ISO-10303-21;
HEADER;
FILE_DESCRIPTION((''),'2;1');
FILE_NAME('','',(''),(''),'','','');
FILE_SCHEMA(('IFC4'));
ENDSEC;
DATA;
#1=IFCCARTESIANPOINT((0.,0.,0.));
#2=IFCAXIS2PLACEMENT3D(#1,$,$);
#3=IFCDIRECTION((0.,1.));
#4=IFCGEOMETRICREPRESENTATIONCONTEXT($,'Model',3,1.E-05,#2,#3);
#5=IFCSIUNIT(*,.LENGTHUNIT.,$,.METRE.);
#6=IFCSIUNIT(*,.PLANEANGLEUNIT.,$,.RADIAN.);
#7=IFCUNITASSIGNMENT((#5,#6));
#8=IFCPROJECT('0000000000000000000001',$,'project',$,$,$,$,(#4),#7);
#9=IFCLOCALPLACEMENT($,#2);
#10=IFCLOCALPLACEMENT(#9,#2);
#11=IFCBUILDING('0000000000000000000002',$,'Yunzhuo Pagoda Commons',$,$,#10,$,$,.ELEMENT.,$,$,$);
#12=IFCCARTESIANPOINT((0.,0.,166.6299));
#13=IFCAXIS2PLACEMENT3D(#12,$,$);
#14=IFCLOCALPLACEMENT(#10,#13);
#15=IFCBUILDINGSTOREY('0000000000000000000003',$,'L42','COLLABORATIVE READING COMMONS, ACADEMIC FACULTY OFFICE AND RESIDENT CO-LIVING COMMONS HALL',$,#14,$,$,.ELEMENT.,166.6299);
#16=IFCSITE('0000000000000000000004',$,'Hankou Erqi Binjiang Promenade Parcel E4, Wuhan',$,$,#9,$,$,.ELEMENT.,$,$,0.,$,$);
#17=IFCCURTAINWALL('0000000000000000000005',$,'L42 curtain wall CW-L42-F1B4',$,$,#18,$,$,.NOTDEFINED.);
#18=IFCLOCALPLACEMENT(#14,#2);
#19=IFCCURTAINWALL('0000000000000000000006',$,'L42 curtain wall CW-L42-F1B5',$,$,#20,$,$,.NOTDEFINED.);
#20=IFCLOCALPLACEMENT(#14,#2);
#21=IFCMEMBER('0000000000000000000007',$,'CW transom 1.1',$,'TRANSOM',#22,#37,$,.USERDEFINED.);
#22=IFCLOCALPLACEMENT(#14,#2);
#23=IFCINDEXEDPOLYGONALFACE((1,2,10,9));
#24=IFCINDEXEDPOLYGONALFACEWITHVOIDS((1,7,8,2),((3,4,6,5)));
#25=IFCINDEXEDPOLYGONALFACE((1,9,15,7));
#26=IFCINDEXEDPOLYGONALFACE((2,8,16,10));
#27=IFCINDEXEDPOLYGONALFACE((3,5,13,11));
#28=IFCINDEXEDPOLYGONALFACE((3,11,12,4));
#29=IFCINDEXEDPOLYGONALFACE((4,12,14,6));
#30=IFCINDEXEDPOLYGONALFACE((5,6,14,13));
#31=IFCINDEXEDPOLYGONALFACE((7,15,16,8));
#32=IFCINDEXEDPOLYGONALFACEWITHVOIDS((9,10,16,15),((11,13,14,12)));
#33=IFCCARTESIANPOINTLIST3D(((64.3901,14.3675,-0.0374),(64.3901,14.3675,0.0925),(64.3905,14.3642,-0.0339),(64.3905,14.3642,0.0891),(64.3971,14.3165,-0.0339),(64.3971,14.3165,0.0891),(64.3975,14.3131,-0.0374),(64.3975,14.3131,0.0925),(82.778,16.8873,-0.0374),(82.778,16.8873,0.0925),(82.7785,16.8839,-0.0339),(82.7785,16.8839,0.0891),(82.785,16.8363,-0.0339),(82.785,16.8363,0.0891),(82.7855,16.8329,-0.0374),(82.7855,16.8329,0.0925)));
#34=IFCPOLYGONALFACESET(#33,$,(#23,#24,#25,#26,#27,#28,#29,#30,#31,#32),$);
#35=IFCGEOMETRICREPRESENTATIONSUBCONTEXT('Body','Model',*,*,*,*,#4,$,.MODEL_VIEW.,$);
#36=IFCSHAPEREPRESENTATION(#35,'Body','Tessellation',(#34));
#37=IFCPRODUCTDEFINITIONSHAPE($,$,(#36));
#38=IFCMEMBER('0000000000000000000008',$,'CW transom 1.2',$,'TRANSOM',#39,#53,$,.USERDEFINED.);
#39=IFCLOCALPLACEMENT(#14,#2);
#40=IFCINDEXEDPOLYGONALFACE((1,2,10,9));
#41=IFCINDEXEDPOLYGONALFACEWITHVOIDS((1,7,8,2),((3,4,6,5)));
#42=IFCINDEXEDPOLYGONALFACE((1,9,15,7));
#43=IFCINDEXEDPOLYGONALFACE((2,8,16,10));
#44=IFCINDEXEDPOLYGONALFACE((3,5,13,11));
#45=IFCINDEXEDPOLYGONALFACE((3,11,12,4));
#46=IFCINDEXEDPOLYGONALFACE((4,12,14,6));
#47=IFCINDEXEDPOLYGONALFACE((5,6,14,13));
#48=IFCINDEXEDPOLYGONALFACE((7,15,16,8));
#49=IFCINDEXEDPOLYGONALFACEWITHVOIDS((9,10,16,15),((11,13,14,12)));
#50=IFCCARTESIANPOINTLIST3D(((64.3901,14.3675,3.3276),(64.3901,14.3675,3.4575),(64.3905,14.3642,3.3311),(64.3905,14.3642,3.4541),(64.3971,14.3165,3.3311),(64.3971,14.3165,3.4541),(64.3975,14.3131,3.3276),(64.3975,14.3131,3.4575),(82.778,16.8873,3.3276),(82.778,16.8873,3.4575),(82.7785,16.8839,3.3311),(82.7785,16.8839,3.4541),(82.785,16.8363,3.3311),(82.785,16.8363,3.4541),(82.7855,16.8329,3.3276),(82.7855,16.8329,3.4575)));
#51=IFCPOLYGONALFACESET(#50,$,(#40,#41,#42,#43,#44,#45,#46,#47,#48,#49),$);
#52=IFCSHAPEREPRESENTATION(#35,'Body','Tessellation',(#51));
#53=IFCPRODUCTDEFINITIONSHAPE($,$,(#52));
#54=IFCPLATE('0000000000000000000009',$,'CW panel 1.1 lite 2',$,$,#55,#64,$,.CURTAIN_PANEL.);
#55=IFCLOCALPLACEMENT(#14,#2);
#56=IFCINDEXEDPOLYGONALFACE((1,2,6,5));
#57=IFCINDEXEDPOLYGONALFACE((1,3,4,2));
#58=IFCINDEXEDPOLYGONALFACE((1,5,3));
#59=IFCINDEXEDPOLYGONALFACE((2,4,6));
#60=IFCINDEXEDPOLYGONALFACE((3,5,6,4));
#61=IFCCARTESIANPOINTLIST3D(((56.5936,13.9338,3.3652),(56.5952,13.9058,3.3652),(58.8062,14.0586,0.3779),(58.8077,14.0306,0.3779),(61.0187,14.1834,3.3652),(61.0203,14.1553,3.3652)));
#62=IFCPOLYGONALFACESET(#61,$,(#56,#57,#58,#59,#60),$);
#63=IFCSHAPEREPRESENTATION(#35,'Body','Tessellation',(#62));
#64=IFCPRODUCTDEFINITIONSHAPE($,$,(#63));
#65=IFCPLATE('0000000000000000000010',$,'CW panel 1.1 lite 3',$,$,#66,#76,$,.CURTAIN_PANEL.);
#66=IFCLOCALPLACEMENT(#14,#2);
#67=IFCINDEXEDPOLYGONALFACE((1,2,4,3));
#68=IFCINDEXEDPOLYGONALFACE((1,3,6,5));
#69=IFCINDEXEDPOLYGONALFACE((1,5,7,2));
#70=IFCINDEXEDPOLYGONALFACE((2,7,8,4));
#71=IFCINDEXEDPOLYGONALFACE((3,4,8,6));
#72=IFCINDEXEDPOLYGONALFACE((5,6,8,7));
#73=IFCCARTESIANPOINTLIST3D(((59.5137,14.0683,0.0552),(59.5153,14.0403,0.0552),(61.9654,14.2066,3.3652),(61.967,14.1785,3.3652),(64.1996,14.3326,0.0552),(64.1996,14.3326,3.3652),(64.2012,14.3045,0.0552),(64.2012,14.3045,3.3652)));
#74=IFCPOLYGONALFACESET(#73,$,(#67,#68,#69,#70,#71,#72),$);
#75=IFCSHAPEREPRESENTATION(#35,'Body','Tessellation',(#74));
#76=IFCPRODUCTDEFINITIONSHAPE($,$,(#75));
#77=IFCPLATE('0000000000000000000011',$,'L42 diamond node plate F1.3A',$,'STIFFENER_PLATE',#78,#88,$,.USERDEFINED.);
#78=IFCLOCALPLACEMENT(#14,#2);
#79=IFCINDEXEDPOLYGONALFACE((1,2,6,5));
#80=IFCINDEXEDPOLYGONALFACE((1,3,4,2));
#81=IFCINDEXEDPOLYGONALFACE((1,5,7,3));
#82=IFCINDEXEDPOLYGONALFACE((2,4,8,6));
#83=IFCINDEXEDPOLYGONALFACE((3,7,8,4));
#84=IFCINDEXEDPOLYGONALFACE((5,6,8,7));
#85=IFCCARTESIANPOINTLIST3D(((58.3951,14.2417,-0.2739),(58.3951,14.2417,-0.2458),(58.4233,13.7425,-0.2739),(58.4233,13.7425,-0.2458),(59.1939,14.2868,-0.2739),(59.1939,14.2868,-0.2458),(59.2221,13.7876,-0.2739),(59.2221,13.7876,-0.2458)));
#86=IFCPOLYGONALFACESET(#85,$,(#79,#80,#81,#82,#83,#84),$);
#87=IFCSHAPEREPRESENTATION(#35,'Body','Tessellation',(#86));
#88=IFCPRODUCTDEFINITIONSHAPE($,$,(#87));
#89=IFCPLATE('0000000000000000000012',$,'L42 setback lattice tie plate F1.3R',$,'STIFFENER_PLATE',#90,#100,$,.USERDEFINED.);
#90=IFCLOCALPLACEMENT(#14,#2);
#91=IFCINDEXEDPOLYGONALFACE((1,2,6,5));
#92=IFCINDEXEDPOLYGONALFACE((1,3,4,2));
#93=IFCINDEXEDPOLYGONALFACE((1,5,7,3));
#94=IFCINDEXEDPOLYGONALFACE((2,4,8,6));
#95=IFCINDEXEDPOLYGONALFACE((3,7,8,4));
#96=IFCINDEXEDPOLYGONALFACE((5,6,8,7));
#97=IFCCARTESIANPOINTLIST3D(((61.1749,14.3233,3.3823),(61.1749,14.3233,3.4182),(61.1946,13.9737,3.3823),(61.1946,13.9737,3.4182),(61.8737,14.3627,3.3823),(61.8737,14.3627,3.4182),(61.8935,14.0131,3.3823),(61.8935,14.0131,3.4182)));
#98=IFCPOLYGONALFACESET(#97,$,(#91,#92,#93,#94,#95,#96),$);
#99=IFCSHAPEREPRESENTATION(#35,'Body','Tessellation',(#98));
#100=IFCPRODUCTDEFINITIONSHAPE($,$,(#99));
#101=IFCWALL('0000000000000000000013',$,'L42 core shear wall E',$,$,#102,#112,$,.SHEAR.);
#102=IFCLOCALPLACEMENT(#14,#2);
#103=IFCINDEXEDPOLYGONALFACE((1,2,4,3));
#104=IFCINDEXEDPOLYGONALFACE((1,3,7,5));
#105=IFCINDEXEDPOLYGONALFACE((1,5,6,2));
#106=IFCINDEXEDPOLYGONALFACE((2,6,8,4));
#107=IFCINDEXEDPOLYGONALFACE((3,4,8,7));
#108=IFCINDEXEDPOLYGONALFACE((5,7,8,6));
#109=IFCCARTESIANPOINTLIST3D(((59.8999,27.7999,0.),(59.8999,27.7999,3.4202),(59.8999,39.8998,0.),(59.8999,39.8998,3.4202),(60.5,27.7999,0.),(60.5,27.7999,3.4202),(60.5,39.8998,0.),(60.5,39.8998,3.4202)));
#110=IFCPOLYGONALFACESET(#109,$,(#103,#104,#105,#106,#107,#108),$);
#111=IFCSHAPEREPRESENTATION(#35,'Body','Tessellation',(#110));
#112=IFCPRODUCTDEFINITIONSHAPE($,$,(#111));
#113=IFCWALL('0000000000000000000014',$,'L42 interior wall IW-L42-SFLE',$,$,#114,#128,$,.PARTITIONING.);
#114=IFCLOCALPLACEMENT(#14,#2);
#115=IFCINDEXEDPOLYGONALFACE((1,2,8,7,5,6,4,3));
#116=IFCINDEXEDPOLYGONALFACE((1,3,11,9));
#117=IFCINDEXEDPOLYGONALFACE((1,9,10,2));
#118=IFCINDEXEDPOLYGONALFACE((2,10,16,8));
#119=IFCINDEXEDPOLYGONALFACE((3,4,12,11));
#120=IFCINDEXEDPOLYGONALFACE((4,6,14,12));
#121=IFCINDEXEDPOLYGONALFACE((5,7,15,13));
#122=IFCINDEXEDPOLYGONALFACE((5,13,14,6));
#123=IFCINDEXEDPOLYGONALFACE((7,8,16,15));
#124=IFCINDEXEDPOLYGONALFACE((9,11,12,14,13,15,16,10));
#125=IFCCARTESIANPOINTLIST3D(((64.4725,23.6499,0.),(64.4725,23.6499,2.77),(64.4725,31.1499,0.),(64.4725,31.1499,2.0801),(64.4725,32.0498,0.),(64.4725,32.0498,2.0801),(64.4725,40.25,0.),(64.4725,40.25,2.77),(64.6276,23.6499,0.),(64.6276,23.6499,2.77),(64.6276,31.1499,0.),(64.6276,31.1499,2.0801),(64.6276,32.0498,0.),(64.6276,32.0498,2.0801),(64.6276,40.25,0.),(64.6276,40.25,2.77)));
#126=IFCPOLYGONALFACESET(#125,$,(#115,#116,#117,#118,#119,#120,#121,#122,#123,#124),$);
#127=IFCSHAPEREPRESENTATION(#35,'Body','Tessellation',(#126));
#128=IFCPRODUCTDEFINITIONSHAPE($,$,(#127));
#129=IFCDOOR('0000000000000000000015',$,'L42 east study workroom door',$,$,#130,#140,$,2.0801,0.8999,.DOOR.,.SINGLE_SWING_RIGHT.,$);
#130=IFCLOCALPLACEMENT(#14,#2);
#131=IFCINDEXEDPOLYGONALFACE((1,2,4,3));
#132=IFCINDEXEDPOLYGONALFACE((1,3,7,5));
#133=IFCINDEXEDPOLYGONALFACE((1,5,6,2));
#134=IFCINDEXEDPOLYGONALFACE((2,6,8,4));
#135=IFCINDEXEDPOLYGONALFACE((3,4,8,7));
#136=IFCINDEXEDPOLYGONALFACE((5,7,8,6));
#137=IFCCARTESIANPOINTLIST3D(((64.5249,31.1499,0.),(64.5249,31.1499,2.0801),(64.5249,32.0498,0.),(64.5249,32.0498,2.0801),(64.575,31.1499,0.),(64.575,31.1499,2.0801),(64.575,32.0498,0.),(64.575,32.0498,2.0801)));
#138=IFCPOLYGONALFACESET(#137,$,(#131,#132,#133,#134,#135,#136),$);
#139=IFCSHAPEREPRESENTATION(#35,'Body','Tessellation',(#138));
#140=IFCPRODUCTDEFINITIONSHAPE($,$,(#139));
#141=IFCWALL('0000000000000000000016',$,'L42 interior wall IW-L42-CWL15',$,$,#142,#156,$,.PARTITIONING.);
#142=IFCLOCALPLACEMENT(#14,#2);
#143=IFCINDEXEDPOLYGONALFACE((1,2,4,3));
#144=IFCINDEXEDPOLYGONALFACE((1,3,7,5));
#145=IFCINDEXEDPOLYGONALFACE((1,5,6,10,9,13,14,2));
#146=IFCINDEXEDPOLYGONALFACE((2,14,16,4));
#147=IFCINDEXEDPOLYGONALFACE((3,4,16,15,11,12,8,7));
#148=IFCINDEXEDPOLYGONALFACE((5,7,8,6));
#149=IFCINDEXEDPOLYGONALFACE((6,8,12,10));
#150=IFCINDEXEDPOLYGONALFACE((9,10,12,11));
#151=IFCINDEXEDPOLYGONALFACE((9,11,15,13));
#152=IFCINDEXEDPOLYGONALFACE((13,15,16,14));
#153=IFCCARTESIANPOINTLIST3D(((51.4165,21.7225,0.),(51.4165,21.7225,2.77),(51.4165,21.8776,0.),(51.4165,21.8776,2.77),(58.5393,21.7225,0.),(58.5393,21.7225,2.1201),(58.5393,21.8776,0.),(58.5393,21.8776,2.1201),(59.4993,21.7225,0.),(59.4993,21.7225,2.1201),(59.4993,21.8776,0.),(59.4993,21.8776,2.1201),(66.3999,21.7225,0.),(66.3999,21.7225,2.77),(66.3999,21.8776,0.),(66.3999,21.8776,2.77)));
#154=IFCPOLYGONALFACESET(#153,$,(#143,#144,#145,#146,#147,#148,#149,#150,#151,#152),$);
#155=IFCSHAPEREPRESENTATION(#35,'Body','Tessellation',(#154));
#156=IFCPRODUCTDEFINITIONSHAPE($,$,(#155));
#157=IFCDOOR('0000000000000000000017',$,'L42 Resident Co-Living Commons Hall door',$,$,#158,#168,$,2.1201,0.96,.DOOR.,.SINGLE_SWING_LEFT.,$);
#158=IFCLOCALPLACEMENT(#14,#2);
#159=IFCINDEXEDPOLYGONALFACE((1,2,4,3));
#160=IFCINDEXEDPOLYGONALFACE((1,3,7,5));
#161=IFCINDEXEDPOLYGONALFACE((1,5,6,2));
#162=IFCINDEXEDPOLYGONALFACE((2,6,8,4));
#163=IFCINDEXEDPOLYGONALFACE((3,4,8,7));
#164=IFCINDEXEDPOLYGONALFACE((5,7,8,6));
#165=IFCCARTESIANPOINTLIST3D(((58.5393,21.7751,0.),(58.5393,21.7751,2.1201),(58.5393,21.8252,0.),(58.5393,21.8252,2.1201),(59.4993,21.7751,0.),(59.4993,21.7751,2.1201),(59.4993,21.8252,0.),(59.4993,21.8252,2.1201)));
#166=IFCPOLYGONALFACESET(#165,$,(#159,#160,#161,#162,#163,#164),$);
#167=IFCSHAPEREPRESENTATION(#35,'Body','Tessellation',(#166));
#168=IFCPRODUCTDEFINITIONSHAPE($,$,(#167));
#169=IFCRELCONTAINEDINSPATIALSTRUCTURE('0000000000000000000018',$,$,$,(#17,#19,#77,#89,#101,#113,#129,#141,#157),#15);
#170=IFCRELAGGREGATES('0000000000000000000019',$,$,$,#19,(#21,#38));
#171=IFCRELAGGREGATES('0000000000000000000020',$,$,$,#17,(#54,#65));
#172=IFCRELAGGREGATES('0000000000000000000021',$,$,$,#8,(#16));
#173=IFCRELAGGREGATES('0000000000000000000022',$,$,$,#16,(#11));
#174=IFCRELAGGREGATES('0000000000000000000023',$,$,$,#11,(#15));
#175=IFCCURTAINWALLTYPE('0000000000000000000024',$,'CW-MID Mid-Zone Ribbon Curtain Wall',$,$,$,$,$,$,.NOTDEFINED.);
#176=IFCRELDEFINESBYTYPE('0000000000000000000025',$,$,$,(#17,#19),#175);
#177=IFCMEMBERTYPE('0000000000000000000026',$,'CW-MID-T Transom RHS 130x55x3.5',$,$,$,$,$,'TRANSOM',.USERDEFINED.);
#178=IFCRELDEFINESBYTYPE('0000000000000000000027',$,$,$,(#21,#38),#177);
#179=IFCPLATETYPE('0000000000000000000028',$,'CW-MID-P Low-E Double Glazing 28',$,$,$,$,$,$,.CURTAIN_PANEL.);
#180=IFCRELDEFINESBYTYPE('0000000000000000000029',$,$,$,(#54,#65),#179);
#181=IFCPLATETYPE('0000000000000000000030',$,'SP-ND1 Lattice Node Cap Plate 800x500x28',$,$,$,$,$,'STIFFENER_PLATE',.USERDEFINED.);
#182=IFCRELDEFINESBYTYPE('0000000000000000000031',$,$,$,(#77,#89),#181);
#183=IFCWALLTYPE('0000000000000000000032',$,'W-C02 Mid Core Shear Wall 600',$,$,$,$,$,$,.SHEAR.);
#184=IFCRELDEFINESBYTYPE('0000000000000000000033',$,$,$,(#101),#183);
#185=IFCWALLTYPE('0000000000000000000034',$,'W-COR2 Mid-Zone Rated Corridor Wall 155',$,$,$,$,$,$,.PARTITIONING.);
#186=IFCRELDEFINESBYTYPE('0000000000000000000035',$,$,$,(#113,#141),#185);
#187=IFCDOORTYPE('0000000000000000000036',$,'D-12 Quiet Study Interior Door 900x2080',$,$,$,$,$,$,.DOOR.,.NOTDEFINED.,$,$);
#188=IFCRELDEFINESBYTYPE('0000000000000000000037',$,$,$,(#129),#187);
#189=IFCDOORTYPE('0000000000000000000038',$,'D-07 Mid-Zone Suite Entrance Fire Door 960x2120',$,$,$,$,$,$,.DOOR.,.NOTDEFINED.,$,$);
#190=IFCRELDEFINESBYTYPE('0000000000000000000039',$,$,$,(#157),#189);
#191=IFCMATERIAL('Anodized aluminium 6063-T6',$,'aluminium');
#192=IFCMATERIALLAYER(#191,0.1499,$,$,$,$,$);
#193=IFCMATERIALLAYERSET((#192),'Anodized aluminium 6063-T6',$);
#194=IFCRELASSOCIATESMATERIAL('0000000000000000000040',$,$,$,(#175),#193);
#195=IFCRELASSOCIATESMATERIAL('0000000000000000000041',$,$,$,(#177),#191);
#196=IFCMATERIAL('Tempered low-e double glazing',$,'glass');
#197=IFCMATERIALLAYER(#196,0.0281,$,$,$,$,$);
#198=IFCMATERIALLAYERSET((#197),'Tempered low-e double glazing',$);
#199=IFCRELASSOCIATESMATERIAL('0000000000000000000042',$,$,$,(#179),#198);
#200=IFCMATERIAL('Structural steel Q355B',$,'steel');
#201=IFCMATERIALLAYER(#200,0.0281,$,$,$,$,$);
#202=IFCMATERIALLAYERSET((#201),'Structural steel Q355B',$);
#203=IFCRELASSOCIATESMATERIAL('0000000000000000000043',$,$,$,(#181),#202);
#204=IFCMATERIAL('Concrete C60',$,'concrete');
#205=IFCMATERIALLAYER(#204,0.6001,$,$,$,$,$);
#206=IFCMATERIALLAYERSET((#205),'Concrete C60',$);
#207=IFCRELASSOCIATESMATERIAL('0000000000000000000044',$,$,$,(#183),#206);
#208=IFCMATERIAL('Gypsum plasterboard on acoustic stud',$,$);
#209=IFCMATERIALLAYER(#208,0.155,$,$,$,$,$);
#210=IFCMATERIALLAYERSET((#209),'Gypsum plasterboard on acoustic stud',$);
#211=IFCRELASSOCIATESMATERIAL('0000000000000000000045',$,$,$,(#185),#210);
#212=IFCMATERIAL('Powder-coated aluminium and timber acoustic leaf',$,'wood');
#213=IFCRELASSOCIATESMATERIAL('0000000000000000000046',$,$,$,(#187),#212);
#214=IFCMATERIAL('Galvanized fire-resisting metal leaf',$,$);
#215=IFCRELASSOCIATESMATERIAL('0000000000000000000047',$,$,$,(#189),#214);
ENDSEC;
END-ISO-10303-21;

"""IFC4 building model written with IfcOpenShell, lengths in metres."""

from ifc_helpers import new_model, si_unit, direction, frame, frame_2d, origin, origin_with_axes, origin_2d, place, context, subcontext, project, spatial, polyline, rectangle, hollow_rectangle, outline, extrude, source, transform, mapped, material, layer, layer_set, material_profile, profile_set, type_object, element, fill, aggregate, save


model = new_model("IFC4")

# Units and contexts
model_context = context("Model", 3, precision=1e-05, world=origin(), true_north=direction((0.0, 1.0)))
body_context = subcontext(model_context, "Body", "Model", "MODEL_VIEW")
ifc_project = project(units=[si_unit("LENGTHUNIT", "METRE"), si_unit("PLANEANGLEUNIT", "RADIAN")], contexts=[model_context])

# Site, building, storey
site_placement = place(None, origin())
site = spatial("IfcSite", under=ifc_project, at=site_placement, Name="Hankou Erqi Binjiang Promenade Parcel E4, Wuhan", CompositionType="ELEMENT", RefElevation=0.0)
building_placement = place(site_placement, origin())
building = spatial("IfcBuilding", under=site, at=building_placement, Name="Yunzhuo Pagoda Commons", CompositionType="ELEMENT")
storey_placement = place(building_placement, frame((0.0, 0.0, 166.6299)))
storey = spatial("IfcBuildingStorey", under=building, at=storey_placement, Name="L42", Description="COLLABORATIVE READING COMMONS, ACADEMIC FACULTY OFFICE AND RESIDENT CO-LIVING COMMONS HALL", CompositionType="ELEMENT", Elevation=166.6299)

# Shared definitions
ifc_material_1 = material(Name="Structural steel Q355B", Category="steel")

# Curtain wall
ifc_material_2 = material(Name="Anodized aluminium 6063-T6", Category="aluminium")
ifc_layer_1 = layer(ifc_material_2, 0.1499)
ifc_layer_set_1 = layer_set([ifc_layer_1], Name="Anodized aluminium 6063-T6")
curtain_wall_type = type_object("IfcCurtainWallType", Name="CW-MID Mid-Zone Ribbon Curtain Wall", PredefinedType="NOTDEFINED", material=ifc_layer_set_1)
curtain_wall_1_placement = place(storey_placement, origin())
curtain_wall_1 = element("IfcCurtainWall", 1, at=curtain_wall_1_placement, inside=storey, type_object=curtain_wall_type, Name="L42 curtain wall CW-L42-F1B4", PredefinedType="NOTDEFINED")

# Curtain wall, members
curtain_wall_2_placement = place(storey_placement, origin())
curtain_wall_2 = element("IfcCurtainWall", 2, at=curtain_wall_2_placement, inside=storey, type_object=curtain_wall_type, Name="L42 curtain wall CW-L42-F1B5", PredefinedType="NOTDEFINED")
ifc_material_profile_1 = material_profile(ifc_material_2, hollow_rectangle(XDim=0.0549, YDim=0.1299, WallThickness=0.0034, at=origin_2d()), Name="Anodized aluminium 6063-T6")
ifc_profile_set_1 = profile_set([ifc_material_profile_1], Name="Anodized aluminium 6063-T6")
member_type_1 = type_object("IfcMemberType", Name="CW-MID-T Transom RHS 130x55x3.5", ElementType="TRANSOM", PredefinedType="USERDEFINED", material=ifc_profile_set_1)
shared_shape_1 = source(origin(), body_context, "Body", "SweptSolid", [
    extrude(hollow_rectangle(XDim=0.0549, YDim=0.1299, WallThickness=0.0034, at=origin_2d()), origin(), (0.0, 0.0, 1.0), 18.5598),
])
member_1_placement = place(storey_placement, frame((64.3938, 14.3403, 0.0276), z_axis=(0.990741, 0.135765, 0.0), x_axis=(-0.135765, 0.990741, 0.0)))
member_1 = element("IfcMember", 3, at=member_1_placement, type_object=member_type_1, Name="CW transom 1.1", ObjectType="TRANSOM", PredefinedType="USERDEFINED", context=body_context, shape_type="MappedRepresentation", body=[
    mapped(shared_shape_1, transform((0.0, 0.0, 0.0), scale=1.0)),
])
member_2_placement = place(storey_placement, frame((64.3938, 14.3403, 3.3926), z_axis=(0.990741, 0.135765, 0.0), x_axis=(-0.135765, 0.990741, 0.0)))
member_2 = element("IfcMember", 4, at=member_2_placement, type_object=member_type_1, Name="CW transom 1.2", ObjectType="TRANSOM", PredefinedType="USERDEFINED", context=body_context, shape_type="MappedRepresentation", body=[
    mapped(shared_shape_1, transform((0.0, 0.0, 0.0), scale=1.0)),
])
aggregate(curtain_wall_2, [member_1, member_2])

# Plates
ifc_material_3 = material(Name="Tempered low-e double glazing", Category="glass")
ifc_layer_2 = layer(ifc_material_3, 0.0281)
ifc_layer_set_2 = layer_set([ifc_layer_2], Name="Tempered low-e double glazing")
plate_type_1 = type_object("IfcPlateType", Name="CW-MID-P Low-E Double Glazing 28", PredefinedType="CURTAIN_PANEL", material=ifc_layer_set_2)
plate_1_placement = place(storey_placement, frame((58.8062, 14.0586, 1.8716), z_axis=(0.056299, -0.998414, 0.0), x_axis=(0.998414, 0.056299, 0.0)))
plate_1 = element("IfcPlate", 5, at=plate_1_placement, type_object=plate_type_1, Name="CW panel 1.1 lite 2", PredefinedType="CURTAIN_PANEL", context=body_context, shape_type="SweptSolid", body=[
    extrude(outline(polyline([(-2.2161, 1.4937), (0.0, -1.4937), (2.2161, 1.4937), (-2.2161, 1.4937)])), origin(), (0.0, 0.0, 1.0), 0.0281),
])
plate_2_placement = place(storey_placement, frame((61.8567, 14.2004, 1.7102), z_axis=(0.056299, -0.998414, 0.0), x_axis=(0.998414, 0.056299, 0.0)))
plate_2 = element("IfcPlate", 6, at=plate_2_placement, type_object=plate_type_1, Name="CW panel 1.1 lite 3", PredefinedType="CURTAIN_PANEL", context=body_context, shape_type="SweptSolid", body=[
    extrude(outline(polyline([(-2.3467, -1.655), (2.3467, -1.655), (2.3467, 1.655), (0.1089, 1.655), (-2.3467, -1.655)])), origin(), (0.0, 0.0, 1.0), 0.0281),
])
aggregate(curtain_wall_1, [plate_1, plate_2])

# Plates
ifc_layer_3 = layer(ifc_material_1, 0.0281)
ifc_layer_set_3 = layer_set([ifc_layer_3], Name="Structural steel Q355B")
plate_type_2 = type_object("IfcPlateType", Name="SP-ND1 Lattice Node Cap Plate 800x500x28", ElementType="STIFFENER_PLATE", PredefinedType="USERDEFINED", material=ifc_layer_set_3)
shared_shape_2 = source(origin(), body_context, "Body", "SweptSolid", [
    extrude(rectangle(XDim=0.8, YDim=0.5, at=origin_2d()), origin(), (0.0, 0.0, 1.0), 0.0281),
])
plate_3_placement = place(storey_placement, frame((58.8086, 14.0146, -0.2739), z_axis=(0.0, 0.0, 1.0), x_axis=(0.998414, 0.056292, 0.0)))
element("IfcPlate", 7, at=plate_3_placement, inside=storey, type_object=plate_type_2, Name="L42 diamond node plate F1.3A", ObjectType="STIFFENER_PLATE", PredefinedType="USERDEFINED", context=body_context, shape_type="MappedRepresentation", body=[
    mapped(shared_shape_2, transform((0.0, 0.0, 0.0), scale=1.0)),
])
shared_shape_3 = source(origin(), body_context, "Body", "SweptSolid", [
    extrude(rectangle(XDim=0.7, YDim=0.3501, at=origin_2d()), origin(), (0.0, 0.0, 1.0), 0.0359),
])
plate_4_placement = place(storey_placement, frame((61.5342, 14.1682, 3.3823), z_axis=(0.0, 0.0, 1.0), x_axis=(0.998414, 0.056292, 0.0)))
element("IfcPlate", 8, at=plate_4_placement, inside=storey, type_object=plate_type_2, Name="L42 setback lattice tie plate F1.3R", ObjectType="STIFFENER_PLATE", PredefinedType="USERDEFINED", context=body_context, shape_type="MappedRepresentation", body=[
    mapped(shared_shape_3, transform((0.0, 0.0, 0.0), scale=1.0)),
])

# Wall
ifc_material_4 = material(Name="Concrete C60", Category="concrete")
ifc_layer_4 = layer(ifc_material_4, 0.6001)
ifc_layer_set_4 = layer_set([ifc_layer_4], Name="Concrete C60")
wall_type_1 = type_object("IfcWallType", Name="W-C02 Mid Core Shear Wall 600", PredefinedType="SHEAR", material=ifc_layer_set_4)
wall_1_placement = place(storey_placement, frame((60.2, 27.8, 0.0), z_axis=(0.0, 0.0, 1.0), x_axis=(0.0, 1.0, 0.0)))
element("IfcWall", 9, at=wall_1_placement, inside=storey, type_object=wall_type_1, Name="L42 core shear wall E", PredefinedType="SHEAR", context=body_context, shape_type="SweptSolid", body=[
    extrude(rectangle(XDim=12.0999, YDim=0.6001, at=frame_2d((6.0498, 0.0))), origin(), (0.0, 0.0, 1.0), 3.4202),
])

# Walls, openings, doors
ifc_material_5 = material(Name="Gypsum plasterboard on acoustic stud")
ifc_layer_5 = layer(ifc_material_5, 0.155)
ifc_layer_set_5 = layer_set([ifc_layer_5], Name="Gypsum plasterboard on acoustic stud")
wall_type_2 = type_object("IfcWallType", Name="W-COR2 Mid-Zone Rated Corridor Wall 155", PredefinedType="PARTITIONING", material=ifc_layer_set_5)
wall_2_placement = place(storey_placement, frame((64.55, 23.6499, 0.0), z_axis=(0.0, 0.0, 1.0), x_axis=(0.0, 1.0, 0.0)))
wall_2 = element("IfcWall", 10, at=wall_2_placement, inside=storey, type_object=wall_type_2, Name="L42 interior wall IW-L42-SFLE", PredefinedType="PARTITIONING", context=body_context, shape_type="SweptSolid", body=[
    extrude(rectangle(XDim=16.6001, YDim=0.155, at=frame_2d((8.3, 0.0))), origin(), (0.0, 0.0, 1.0), 2.77),
])
opening_1_placement = place(wall_2_placement, frame((7.5, 0.0, 0.0)))
opening_1 = element("IfcOpeningElement", 11, at=opening_1_placement, cuts=wall_2, PredefinedType="OPENING", context=body_context, shape_type="SweptSolid", body=[
    extrude(rectangle(XDim=0.8999, YDim=2.0801, at=frame_2d((0.45, 1.04))), frame((0.0, 0.0874, 0.0), z_axis=(0.0, -1.0, 0.0), x_axis=(1.0, 0.0, 0.0)), (0.0, 0.0, 1.0), 0.175),
])
ifc_material_6 = material(Name="Powder-coated aluminium and timber acoustic leaf", Category="wood")
door_type_1 = type_object("IfcDoorType", Name="D-12 Quiet Study Interior Door 900x2080", OperationType="NOTDEFINED", PredefinedType="DOOR", material=ifc_material_6)
shared_shape_4 = source(origin(), body_context, "Body", "SweptSolid", [
    extrude(rectangle(XDim=0.8999, YDim=2.0801, at=frame_2d((0.45, 1.04))), frame((0.0, 0.0249, 0.0), z_axis=(0.0, -1.0, 0.0), x_axis=(1.0, 0.0, 0.0)), (0.0, 0.0, 1.0), 0.05),
])
door_1_placement = place(opening_1_placement, frame((0.8999, 0.0, 0.0), z_axis=(0.0, 0.0, 1.0), x_axis=(-1.0, 0.0, 0.0)))
door_1 = element("IfcDoor", 12, at=door_1_placement, inside=storey, type_object=door_type_1, Name="L42 east study workroom door", OperationType="SINGLE_SWING_RIGHT", OverallHeight=2.0801, OverallWidth=0.8999, PredefinedType="DOOR", context=body_context, shape_type="MappedRepresentation", body=[
    mapped(shared_shape_4, transform((0.0, 0.0, 0.0), scale=1.0)),
])
fill(opening_1, door_1)
wall_3_placement = place(storey_placement, frame((66.3999, 21.8, 0.0), z_axis=(0.0, 0.0, 1.0), x_axis=(-1.0, 0.0, 0.0)))
wall_3 = element("IfcWall", 13, at=wall_3_placement, inside=storey, type_object=wall_type_2, Name="L42 interior wall IW-L42-CWL15", PredefinedType="PARTITIONING", context=body_context, shape_type="SweptSolid", body=[
    extrude(rectangle(XDim=14.9834, YDim=0.155, at=frame_2d((7.4917, 0.0))), origin(), (0.0, 0.0, 1.0), 2.77),
])
opening_2_placement = place(wall_3_placement, frame((6.9006, 0.0, 0.0)))
opening_2 = element("IfcOpeningElement", 14, at=opening_2_placement, cuts=wall_3, PredefinedType="OPENING", context=body_context, shape_type="SweptSolid", body=[
    extrude(rectangle(XDim=0.96, YDim=2.1201, at=frame_2d((0.48, 1.0601))), frame((0.0, 0.0874, 0.0), z_axis=(0.0, -1.0, 0.0), x_axis=(1.0, 0.0, 0.0)), (0.0, 0.0, 1.0), 0.175),
])
ifc_material_7 = material(Name="Galvanized fire-resisting metal leaf")
door_type_2 = type_object("IfcDoorType", Name="D-07 Mid-Zone Suite Entrance Fire Door 960x2120", OperationType="NOTDEFINED", PredefinedType="DOOR", material=ifc_material_7)
shared_shape_5 = source(origin(), body_context, "Body", "SweptSolid", [
    extrude(rectangle(XDim=0.96, YDim=2.1201, at=frame_2d((0.48, 1.0601))), frame((0.0, 0.0249, 0.0), z_axis=(0.0, -1.0, 0.0), x_axis=(1.0, 0.0, 0.0)), (0.0, 0.0, 1.0), 0.05),
])
door_2_placement = place(opening_2_placement, origin_with_axes())
door_2 = element("IfcDoor", 15, at=door_2_placement, inside=storey, type_object=door_type_2, Name="L42 Resident Co-Living Commons Hall door", OperationType="SINGLE_SWING_LEFT", OverallHeight=2.1201, OverallWidth=0.96, PredefinedType="DOOR", context=body_context, shape_type="MappedRepresentation", body=[
    mapped(shared_shape_5, transform((0.0, 0.0, 0.0), scale=1.0)),
])
fill(opening_2, door_2)

save(model, "model.ifc")
